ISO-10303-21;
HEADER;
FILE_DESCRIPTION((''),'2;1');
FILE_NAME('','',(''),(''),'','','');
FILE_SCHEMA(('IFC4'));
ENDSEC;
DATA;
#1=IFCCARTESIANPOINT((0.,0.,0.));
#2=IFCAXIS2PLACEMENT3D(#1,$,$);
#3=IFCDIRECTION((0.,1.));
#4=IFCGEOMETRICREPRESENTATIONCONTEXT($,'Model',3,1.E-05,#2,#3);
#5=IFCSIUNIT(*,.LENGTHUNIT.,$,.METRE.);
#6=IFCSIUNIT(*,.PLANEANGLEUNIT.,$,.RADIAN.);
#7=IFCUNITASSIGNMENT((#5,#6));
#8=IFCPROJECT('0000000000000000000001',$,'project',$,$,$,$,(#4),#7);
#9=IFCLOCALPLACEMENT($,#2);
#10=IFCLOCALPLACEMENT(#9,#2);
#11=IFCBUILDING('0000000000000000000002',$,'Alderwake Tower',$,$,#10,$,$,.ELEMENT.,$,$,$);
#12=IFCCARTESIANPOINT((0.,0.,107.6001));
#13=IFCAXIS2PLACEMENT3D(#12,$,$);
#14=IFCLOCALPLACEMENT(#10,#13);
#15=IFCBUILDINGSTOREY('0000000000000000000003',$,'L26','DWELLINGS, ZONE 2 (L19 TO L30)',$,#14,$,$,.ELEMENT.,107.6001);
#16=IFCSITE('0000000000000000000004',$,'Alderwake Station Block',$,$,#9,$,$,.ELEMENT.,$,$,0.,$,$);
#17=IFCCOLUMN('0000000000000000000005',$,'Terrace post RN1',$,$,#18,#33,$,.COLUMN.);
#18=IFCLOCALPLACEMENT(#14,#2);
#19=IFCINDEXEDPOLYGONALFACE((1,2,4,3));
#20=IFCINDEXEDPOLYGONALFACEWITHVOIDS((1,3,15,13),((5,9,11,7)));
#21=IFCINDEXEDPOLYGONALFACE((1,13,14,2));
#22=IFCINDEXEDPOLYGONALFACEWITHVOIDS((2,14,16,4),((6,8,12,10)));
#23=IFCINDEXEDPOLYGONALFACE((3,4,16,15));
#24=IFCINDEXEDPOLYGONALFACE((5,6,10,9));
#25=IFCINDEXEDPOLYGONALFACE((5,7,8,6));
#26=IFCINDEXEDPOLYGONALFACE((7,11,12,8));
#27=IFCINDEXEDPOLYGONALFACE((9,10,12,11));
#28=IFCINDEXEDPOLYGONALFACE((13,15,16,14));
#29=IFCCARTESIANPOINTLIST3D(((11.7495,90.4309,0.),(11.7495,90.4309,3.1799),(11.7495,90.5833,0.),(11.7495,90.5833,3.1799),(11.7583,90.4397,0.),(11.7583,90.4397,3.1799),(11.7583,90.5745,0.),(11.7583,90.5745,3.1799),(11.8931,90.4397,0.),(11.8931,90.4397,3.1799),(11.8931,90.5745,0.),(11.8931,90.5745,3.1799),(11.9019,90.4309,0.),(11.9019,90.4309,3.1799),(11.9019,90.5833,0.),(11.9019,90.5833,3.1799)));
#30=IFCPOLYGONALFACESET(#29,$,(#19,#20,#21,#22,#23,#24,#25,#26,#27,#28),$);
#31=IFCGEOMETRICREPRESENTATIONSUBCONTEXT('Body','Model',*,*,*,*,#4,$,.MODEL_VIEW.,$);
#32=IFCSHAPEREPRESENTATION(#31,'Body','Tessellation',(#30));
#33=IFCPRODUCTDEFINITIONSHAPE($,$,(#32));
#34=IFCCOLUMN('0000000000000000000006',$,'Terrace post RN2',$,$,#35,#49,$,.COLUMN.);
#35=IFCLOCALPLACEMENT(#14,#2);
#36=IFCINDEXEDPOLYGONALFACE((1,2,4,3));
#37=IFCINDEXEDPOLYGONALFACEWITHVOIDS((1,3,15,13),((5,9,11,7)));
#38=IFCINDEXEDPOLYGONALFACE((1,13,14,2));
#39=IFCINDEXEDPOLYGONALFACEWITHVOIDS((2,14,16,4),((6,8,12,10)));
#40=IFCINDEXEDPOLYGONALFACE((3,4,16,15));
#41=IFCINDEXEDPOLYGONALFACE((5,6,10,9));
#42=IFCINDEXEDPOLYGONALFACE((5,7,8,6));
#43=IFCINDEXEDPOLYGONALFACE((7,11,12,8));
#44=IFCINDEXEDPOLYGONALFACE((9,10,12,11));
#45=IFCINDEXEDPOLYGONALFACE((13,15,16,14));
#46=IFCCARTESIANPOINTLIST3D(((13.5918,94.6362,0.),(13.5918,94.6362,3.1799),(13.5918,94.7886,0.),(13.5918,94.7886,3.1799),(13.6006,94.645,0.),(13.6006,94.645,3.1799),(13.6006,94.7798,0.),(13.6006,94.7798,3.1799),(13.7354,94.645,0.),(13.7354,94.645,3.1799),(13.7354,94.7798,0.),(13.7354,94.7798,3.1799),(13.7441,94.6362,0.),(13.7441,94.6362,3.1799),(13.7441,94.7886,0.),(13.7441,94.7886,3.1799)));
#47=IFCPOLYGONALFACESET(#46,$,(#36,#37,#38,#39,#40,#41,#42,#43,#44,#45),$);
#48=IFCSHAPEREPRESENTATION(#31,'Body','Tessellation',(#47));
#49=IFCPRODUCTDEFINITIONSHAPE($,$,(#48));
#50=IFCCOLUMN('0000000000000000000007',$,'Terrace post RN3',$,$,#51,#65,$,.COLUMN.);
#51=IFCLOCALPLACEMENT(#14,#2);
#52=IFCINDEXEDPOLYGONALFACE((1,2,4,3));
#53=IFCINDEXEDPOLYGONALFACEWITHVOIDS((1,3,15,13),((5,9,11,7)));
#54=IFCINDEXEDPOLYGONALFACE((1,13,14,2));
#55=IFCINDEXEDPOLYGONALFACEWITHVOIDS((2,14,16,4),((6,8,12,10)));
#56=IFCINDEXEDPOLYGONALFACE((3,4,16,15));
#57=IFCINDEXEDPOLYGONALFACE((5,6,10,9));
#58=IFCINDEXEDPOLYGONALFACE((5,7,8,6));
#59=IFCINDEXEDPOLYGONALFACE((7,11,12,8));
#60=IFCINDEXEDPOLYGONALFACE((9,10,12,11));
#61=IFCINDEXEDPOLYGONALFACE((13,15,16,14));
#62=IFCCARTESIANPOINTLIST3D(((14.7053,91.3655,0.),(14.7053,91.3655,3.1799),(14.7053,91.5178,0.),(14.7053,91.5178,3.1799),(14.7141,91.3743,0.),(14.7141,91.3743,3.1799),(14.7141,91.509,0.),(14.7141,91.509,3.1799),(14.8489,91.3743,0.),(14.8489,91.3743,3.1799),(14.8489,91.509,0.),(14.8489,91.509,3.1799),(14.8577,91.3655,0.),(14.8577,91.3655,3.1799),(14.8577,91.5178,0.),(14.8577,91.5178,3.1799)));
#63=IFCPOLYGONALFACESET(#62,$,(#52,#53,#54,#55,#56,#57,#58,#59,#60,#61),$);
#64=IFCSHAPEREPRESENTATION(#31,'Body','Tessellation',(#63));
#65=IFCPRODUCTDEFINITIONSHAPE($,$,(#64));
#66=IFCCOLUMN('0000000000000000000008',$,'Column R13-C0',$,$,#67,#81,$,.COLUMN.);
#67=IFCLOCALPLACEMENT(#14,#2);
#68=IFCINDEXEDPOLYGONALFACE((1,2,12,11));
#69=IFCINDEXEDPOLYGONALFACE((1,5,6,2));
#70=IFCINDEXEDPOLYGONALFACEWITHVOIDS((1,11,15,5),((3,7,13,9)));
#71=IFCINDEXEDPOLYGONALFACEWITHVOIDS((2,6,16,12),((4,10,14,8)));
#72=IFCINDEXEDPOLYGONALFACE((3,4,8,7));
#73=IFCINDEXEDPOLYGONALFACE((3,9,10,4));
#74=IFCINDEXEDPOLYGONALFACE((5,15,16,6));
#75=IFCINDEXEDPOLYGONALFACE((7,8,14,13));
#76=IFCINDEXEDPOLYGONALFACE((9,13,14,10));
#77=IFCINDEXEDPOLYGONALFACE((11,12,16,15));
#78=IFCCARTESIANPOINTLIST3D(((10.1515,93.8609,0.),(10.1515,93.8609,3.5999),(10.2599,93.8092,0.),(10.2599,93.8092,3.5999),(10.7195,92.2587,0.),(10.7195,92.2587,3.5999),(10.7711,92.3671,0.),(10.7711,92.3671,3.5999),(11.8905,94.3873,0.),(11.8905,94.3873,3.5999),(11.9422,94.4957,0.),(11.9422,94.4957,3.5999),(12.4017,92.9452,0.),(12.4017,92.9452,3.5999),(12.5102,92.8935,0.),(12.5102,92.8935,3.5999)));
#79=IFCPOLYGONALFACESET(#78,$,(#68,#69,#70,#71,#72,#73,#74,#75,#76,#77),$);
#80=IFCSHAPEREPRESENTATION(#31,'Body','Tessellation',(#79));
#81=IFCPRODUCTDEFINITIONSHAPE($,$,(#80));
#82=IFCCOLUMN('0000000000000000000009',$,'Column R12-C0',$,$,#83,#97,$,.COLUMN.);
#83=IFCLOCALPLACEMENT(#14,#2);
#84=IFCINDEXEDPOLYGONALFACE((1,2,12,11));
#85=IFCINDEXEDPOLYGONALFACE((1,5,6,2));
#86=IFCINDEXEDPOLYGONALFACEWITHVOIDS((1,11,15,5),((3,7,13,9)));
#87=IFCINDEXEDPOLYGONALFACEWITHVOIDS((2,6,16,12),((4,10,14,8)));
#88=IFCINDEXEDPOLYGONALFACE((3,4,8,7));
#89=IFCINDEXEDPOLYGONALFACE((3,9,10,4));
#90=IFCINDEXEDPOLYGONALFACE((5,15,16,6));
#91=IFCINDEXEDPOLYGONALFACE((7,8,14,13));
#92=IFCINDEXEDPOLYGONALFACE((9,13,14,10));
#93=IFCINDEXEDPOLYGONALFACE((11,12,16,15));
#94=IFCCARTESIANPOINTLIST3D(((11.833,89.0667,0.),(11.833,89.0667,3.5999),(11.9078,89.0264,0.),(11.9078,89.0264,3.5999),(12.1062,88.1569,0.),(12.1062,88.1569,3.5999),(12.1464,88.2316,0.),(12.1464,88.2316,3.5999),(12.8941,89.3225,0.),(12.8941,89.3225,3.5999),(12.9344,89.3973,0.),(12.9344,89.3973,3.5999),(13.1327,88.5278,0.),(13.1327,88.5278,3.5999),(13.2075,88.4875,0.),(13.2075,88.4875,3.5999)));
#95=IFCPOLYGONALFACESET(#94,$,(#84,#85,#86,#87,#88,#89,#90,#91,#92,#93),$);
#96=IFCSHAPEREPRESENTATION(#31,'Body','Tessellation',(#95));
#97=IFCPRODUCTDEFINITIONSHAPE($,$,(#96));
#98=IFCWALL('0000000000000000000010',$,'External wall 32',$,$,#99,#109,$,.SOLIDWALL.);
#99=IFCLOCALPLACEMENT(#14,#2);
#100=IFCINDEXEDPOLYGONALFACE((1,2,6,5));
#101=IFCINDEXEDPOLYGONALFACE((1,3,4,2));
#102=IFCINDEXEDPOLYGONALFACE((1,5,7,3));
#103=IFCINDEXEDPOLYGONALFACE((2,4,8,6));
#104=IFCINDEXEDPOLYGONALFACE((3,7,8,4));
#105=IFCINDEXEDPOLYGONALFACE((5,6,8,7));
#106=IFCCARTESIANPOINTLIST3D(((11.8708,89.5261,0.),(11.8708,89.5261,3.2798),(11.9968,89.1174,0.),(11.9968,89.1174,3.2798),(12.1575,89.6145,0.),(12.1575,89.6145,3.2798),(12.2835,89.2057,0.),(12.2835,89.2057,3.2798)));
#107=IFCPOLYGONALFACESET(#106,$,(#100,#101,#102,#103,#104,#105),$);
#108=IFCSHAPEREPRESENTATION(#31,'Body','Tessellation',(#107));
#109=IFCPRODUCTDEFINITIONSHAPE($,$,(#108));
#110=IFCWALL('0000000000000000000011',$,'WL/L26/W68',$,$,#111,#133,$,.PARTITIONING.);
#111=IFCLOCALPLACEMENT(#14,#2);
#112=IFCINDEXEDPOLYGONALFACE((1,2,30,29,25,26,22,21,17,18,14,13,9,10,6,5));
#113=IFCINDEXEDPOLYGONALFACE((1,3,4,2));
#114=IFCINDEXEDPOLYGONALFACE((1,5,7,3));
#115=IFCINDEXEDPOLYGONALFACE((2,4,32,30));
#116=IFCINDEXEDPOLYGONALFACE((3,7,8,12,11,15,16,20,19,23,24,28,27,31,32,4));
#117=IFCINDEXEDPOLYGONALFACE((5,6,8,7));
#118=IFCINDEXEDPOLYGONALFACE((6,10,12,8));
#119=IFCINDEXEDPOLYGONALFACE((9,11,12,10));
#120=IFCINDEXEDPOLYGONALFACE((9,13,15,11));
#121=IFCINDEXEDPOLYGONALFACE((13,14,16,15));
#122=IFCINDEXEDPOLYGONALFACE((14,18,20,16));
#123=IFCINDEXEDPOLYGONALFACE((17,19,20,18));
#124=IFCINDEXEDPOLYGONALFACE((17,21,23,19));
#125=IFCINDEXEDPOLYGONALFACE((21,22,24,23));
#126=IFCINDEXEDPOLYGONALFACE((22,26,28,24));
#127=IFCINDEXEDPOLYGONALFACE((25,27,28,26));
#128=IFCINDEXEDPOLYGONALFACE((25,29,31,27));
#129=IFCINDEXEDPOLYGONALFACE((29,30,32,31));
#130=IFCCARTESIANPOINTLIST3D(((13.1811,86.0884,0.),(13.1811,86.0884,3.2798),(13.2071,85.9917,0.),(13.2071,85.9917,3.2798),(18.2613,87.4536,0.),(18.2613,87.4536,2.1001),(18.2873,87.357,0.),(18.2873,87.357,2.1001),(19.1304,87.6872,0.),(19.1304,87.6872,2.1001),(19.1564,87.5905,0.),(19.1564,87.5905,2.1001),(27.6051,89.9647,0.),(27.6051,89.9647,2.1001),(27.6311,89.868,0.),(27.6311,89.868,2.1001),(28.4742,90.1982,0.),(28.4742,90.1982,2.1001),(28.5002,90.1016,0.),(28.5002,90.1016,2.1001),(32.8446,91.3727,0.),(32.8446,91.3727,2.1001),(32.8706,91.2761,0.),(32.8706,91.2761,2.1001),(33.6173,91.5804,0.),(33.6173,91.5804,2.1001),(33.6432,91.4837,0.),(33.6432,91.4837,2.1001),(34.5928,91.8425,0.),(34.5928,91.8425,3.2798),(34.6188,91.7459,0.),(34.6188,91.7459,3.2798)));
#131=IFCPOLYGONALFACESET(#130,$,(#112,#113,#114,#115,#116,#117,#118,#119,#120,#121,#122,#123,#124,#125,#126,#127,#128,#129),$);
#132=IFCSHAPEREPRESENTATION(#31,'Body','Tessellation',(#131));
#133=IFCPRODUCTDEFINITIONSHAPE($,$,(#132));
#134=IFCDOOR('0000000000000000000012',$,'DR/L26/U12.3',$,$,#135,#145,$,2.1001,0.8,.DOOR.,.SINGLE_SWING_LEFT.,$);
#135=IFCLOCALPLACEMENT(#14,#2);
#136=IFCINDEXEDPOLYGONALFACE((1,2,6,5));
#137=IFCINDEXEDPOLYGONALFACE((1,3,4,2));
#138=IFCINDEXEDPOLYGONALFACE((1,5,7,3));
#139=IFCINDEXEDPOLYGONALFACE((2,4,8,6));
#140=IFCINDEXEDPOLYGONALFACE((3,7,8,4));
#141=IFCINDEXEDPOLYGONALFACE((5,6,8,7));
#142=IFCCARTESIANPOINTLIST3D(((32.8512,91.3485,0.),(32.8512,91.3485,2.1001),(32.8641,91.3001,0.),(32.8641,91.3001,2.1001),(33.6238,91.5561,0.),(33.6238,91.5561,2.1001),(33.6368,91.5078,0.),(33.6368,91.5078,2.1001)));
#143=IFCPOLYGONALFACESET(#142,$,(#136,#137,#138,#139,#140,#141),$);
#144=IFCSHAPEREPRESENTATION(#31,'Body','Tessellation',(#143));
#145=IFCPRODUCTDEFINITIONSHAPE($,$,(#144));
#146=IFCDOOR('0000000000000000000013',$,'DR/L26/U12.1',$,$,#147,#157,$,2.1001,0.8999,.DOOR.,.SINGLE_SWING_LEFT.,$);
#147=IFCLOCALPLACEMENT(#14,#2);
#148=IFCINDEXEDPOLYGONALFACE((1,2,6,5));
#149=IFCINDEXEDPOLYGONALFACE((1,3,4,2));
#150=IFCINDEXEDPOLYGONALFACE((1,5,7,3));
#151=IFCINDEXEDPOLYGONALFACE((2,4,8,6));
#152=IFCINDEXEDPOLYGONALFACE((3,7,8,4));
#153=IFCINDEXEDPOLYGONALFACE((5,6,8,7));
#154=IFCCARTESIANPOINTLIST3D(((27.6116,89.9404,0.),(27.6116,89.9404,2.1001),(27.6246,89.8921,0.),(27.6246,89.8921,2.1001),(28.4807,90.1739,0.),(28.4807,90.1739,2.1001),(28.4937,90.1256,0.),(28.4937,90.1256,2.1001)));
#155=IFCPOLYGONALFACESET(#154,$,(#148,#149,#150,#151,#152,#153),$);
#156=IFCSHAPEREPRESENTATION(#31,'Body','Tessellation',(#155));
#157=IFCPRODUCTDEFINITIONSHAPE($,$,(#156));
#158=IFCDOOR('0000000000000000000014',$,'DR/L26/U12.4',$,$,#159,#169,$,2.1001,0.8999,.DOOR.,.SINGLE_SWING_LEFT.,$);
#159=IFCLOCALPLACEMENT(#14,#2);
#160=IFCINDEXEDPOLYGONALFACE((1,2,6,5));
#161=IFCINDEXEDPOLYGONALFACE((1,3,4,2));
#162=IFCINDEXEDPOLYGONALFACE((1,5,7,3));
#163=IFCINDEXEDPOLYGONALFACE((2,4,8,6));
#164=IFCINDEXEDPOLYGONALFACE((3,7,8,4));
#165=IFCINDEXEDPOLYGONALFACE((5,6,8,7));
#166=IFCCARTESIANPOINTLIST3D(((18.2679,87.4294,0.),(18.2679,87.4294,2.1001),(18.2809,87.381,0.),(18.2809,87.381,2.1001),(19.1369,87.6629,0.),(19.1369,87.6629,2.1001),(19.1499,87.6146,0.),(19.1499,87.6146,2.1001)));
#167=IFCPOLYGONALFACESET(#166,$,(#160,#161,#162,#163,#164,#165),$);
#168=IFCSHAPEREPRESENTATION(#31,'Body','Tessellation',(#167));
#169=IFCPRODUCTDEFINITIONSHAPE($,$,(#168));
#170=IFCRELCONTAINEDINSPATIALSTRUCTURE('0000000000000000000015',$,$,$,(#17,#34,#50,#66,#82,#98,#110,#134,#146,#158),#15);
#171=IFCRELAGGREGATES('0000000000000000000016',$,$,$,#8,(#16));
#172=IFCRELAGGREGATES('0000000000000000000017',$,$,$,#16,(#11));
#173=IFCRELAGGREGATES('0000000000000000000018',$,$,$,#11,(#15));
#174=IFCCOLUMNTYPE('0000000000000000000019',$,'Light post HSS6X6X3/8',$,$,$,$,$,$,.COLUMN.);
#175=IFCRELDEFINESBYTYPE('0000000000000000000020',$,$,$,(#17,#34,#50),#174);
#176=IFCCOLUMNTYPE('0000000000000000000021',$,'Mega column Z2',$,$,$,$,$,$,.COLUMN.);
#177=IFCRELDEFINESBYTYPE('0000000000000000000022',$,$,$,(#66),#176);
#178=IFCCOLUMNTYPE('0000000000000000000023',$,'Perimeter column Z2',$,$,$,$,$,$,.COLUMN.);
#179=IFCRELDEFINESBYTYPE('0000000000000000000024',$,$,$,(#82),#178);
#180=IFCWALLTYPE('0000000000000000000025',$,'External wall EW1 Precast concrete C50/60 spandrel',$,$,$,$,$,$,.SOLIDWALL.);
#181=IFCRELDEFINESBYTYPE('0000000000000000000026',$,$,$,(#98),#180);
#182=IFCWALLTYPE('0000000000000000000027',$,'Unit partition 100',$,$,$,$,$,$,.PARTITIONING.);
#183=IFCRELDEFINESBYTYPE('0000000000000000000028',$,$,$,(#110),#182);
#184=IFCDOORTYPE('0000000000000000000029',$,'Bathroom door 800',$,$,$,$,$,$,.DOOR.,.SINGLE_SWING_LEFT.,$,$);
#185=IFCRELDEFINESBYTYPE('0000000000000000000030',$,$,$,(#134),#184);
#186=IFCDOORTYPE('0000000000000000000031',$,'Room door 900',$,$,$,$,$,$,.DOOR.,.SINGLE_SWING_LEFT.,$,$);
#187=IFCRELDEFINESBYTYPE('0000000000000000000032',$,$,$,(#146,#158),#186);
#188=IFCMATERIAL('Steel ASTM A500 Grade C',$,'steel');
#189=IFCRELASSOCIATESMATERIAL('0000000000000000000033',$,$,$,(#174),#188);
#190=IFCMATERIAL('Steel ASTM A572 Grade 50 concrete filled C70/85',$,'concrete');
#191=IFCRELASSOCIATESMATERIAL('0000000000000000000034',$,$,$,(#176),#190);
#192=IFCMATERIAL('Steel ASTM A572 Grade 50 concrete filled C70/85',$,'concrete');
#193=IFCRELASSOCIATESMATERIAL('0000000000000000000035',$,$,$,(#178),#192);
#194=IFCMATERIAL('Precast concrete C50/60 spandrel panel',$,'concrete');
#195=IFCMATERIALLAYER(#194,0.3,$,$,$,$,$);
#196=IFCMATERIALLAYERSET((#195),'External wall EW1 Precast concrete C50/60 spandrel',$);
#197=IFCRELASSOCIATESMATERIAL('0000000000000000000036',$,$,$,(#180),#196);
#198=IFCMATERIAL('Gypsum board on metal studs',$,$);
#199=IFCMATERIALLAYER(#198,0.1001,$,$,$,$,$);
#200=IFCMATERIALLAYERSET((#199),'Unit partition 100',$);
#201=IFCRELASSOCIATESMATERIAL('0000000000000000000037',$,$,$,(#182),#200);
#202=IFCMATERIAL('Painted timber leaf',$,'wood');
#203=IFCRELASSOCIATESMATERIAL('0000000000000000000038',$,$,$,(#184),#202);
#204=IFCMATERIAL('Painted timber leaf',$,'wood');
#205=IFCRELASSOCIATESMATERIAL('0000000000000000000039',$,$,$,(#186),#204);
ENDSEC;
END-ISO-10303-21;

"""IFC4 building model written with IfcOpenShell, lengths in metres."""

from ifc_helpers import new_model, si_unit, direction, frame, frame_2d, origin, origin_2d, place, context, subcontext, project, spatial, rectangle, hollow_rectangle, extrude, material, layer, layer_set, material_profile, profile_set, type_object, element, fill, save


model = new_model("IFC4")

# Units and contexts
model_context = context("Model", 3, precision=1e-05, world=origin(), true_north=direction((0.0, 1.0)))
body_context = subcontext(model_context, "Body", "Model", "MODEL_VIEW")
ifc_project = project(units=[si_unit("LENGTHUNIT", "METRE"), si_unit("PLANEANGLEUNIT", "RADIAN")], contexts=[model_context])

# Site, building, storey
site_placement = place(None, origin())
site = spatial("IfcSite", under=ifc_project, at=site_placement, Name="Alderwake Station Block", CompositionType="ELEMENT", RefElevation=0.0)
building_placement = place(site_placement, origin())
building = spatial("IfcBuilding", under=site, at=building_placement, Name="Alderwake Tower", CompositionType="ELEMENT")
storey_placement = place(building_placement, frame((0.0, 0.0, 107.6001)))
storey = spatial("IfcBuildingStorey", under=building, at=storey_placement, Name="L26", Description="DWELLINGS, ZONE 2 (L19 TO L30)", CompositionType="ELEMENT", Elevation=107.6001)

# Columns
ifc_material_1 = material(Name="Steel ASTM A500 Grade C", Category="steel")
ifc_material_profile_1 = material_profile(ifc_material_1, hollow_rectangle(XDim=0.1523, YDim=0.1523, WallThickness=0.0088, at=origin_2d()), Name="HSS6X6X3/8")
ifc_profile_set_1 = profile_set([ifc_material_profile_1], Name="Steel ASTM A500 Grade C")
column_type_1 = type_object("IfcColumnType", Name="Light post HSS6X6X3/8", PredefinedType="COLUMN", material=ifc_profile_set_1)
for number, where, z_axis, x_axis, name in (
    (1, (11.8257, 90.5071, 0.0), (0.0, 0.0, 1.0), (1.0, 0.0, 0.0), "Terrace post RN1"),
    (2, (13.668, 94.7124, 0.0), (0.0, 0.0, 1.0), (1.0, 0.0, 0.0), "Terrace post RN2"),
    (3, (14.7815, 91.4417, 0.0), (0.0, 0.0, 1.0), (1.0, 0.0, 0.0), "Terrace post RN3"),
):
    element("IfcColumn", number, at=place(storey_placement, frame(where, z_axis=z_axis, x_axis=x_axis)), inside=storey, type_object=column_type_1, Name=name, PredefinedType="COLUMN", context=body_context, shape_type="SweptSolid", body=[
        extrude(hollow_rectangle(XDim=0.1523, YDim=0.1523, WallThickness=0.0088, at=origin_2d()), origin(), (0.0, 0.0, 1.0), 3.1799),
    ])
ifc_material_2 = material(Name="Steel ASTM A572 Grade 50 concrete filled C70/85", Category="concrete")
ifc_material_profile_2 = material_profile(ifc_material_2, hollow_rectangle(XDim=1.7, YDim=1.8999, WallThickness=0.085, at=origin_2d()), Name="BOX 1900X1700X85")
ifc_profile_set_2 = profile_set([ifc_material_profile_2], Name="Steel ASTM A572 Grade 50 concrete filled C70/85")
column_type_2 = type_object("IfcColumnType", Name="Mega column Z2", PredefinedType="COLUMN", material=ifc_profile_set_2)
column_1_placement = place(storey_placement, frame((11.3308, 93.3772, 0.0), z_axis=(0.0, 0.0, 1.0), x_axis=(-0.334131, 0.942527, 0.0)))
element("IfcColumn", 4, at=column_1_placement, inside=storey, type_object=column_type_2, Name="Column R13-C0", PredefinedType="COLUMN", context=body_context, shape_type="SweptSolid", body=[
    extrude(hollow_rectangle(XDim=1.7, YDim=1.8999, WallThickness=0.085, at=origin_2d()), origin(), (0.0, 0.0, 1.0), 3.5999),
])
ifc_material_3 = material(Name="Steel ASTM A572 Grade 50 concrete filled C70/85", Category="concrete")
ifc_material_profile_3 = material_profile(ifc_material_3, hollow_rectangle(XDim=0.95, YDim=1.1499, WallThickness=0.0601, at=origin_2d()), Name="BOX 1150X950X60")
ifc_profile_set_3 = profile_set([ifc_material_profile_3], Name="Steel ASTM A572 Grade 50 concrete filled C70/85")
column_type_3 = type_object("IfcColumnType", Name="Perimeter column Z2", PredefinedType="COLUMN", material=ifc_profile_set_3)
column_2_placement = place(storey_placement, frame((12.5203, 88.7771, 0.0), z_axis=(0.0, 0.0, 1.0), x_axis=(-0.287549, 0.957766, 0.0)))
element("IfcColumn", 5, at=column_2_placement, inside=storey, type_object=column_type_3, Name="Column R12-C0", PredefinedType="COLUMN", context=body_context, shape_type="SweptSolid", body=[
    extrude(hollow_rectangle(XDim=0.95, YDim=1.1499, WallThickness=0.0601, at=origin_2d()), origin(), (0.0, 0.0, 1.0), 3.5999),
])

# Wall
ifc_material_4 = material(Name="Precast concrete C50/60 spandrel panel", Category="concrete")
ifc_layer_1 = layer(ifc_material_4, 0.3)
ifc_layer_set_1 = layer_set([ifc_layer_1], Name="External wall EW1 Precast concrete C50/60 spandrel")
wall_type_1 = type_object("IfcWallType", Name="External wall EW1 Precast concrete C50/60 spandrel", PredefinedType="SOLIDWALL", material=ifc_layer_set_1)
wall_1_placement = place(storey_placement, frame((12.0142, 89.5703, 0.0), z_axis=(0.0, 0.0, 1.0), x_axis=(0.294567, -0.955631, 0.0)))
element("IfcWall", 6, at=wall_1_placement, inside=storey, type_object=wall_type_1, Name="External wall 32", PredefinedType="SOLIDWALL", context=body_context, shape_type="SweptSolid", body=[
    extrude(rectangle(XDim=0.4277, YDim=0.3, at=frame_2d((0.2139, 0.0))), origin(), (0.0, 0.0, 1.0), 3.2798),
])

# Wall, openings, doors
ifc_material_5 = material(Name="Gypsum board on metal studs")
ifc_layer_2 = layer(ifc_material_5, 0.1001)
ifc_layer_set_2 = layer_set([ifc_layer_2], Name="Unit partition 100")
wall_type_2 = type_object("IfcWallType", Name="Unit partition 100", PredefinedType="PARTITIONING", material=ifc_layer_set_2)
wall_2_placement = place(storey_placement, frame((13.1941, 86.04, 0.0), z_axis=(0.0, 0.0, 1.0), x_axis=(0.965735, 0.259531, 0.0)))
wall_2 = element("IfcWall", 7, at=wall_2_placement, inside=storey, type_object=wall_type_2, Name="WL/L26/W68", PredefinedType="PARTITIONING", context=body_context, shape_type="SweptSolid", body=[
    extrude(rectangle(XDim=22.1714, YDim=0.1001, at=frame_2d((11.0857, 0.0))), origin(), (0.0, 0.0, 1.0), 3.2798),
])
opening_1_placement = place(wall_2_placement, frame((14.9358, 0.0, 0.0)))
opening_1 = element("IfcOpeningElement", 8, at=opening_1_placement, cuts=wall_2, PredefinedType="OPENING", context=body_context, shape_type="SweptSolid", body=[
    extrude(rectangle(XDim=0.8999, YDim=2.1001, at=frame_2d((0.45, 1.05))), frame((0.0, 0.0601, 0.0), z_axis=(0.0, -1.0, 0.0), x_axis=(1.0, 0.0, 0.0)), (0.0, 0.0, 1.0), 0.1201),
])
opening_2_placement = place(wall_2_placement, frame((20.3613, 0.0, 0.0)))
opening_2 = element("IfcOpeningElement", 9, at=opening_2_placement, cuts=wall_2, PredefinedType="OPENING", context=body_context, shape_type="SweptSolid", body=[
    extrude(rectangle(XDim=0.8, YDim=2.1001, at=frame_2d((0.3999, 1.05))), frame((0.0, 0.0601, 0.0), z_axis=(0.0, -1.0, 0.0), x_axis=(1.0, 0.0, 0.0)), (0.0, 0.0, 1.0), 0.1201),
])
opening_3_placement = place(wall_2_placement, frame((5.2605, 0.0, 0.0)))
opening_3 = element("IfcOpeningElement", 10, at=opening_3_placement, cuts=wall_2, PredefinedType="OPENING", context=body_context, shape_type="SweptSolid", body=[
    extrude(rectangle(XDim=0.8999, YDim=2.1001, at=frame_2d((0.45, 1.05))), frame((0.0, 0.0601, 0.0), z_axis=(0.0, -1.0, 0.0), x_axis=(1.0, 0.0, 0.0)), (0.0, 0.0, 1.0), 0.1201),
])
ifc_material_6 = material(Name="Painted timber leaf", Category="wood")
door_type_1 = type_object("IfcDoorType", Name="Bathroom door 800", OperationType="SINGLE_SWING_LEFT", PredefinedType="DOOR", material=ifc_material_6)
door_1_placement = place(opening_2_placement, origin())
door_1 = element("IfcDoor", 11, at=door_1_placement, inside=storey, type_object=door_type_1, Name="DR/L26/U12.3", OperationType="SINGLE_SWING_LEFT", OverallHeight=2.1001, OverallWidth=0.8, PredefinedType="DOOR", context=body_context, shape_type="SweptSolid", body=[
    extrude(rectangle(XDim=0.8, YDim=2.1001, at=frame_2d((0.3999, 1.05))), frame((0.0, 0.0249, 0.0), z_axis=(0.0, -1.0, 0.0), x_axis=(1.0, 0.0, 0.0)), (0.0, 0.0, 1.0), 0.05),
])
fill(opening_2, door_1)
ifc_material_7 = material(Name="Painted timber leaf", Category="wood")
door_type_2 = type_object("IfcDoorType", Name="Room door 900", OperationType="SINGLE_SWING_LEFT", PredefinedType="DOOR", material=ifc_material_7)
door_2_placement = place(opening_1_placement, origin())
door_2 = element("IfcDoor", 12, at=door_2_placement, inside=storey, type_object=door_type_2, Name="DR/L26/U12.1", OperationType="SINGLE_SWING_LEFT", OverallHeight=2.1001, OverallWidth=0.8999, PredefinedType="DOOR", context=body_context, shape_type="SweptSolid", body=[
    extrude(rectangle(XDim=0.8999, YDim=2.1001, at=frame_2d((0.45, 1.05))), frame((0.0, 0.0249, 0.0), z_axis=(0.0, -1.0, 0.0), x_axis=(1.0, 0.0, 0.0)), (0.0, 0.0, 1.0), 0.05),
])
fill(opening_1, door_2)
door_3_placement = place(opening_3_placement, origin())
door_3 = element("IfcDoor", 13, at=door_3_placement, inside=storey, type_object=door_type_2, Name="DR/L26/U12.4", OperationType="SINGLE_SWING_LEFT", OverallHeight=2.1001, OverallWidth=0.8999, PredefinedType="DOOR", context=body_context, shape_type="SweptSolid", body=[
    extrude(rectangle(XDim=0.8999, YDim=2.1001, at=frame_2d((0.45, 1.05))), frame((0.0, 0.0249, 0.0), z_axis=(0.0, -1.0, 0.0), x_axis=(1.0, 0.0, 0.0)), (0.0, 0.0, 1.0), 0.05),
])
fill(opening_3, door_3)

save(model, "model.ifc")
